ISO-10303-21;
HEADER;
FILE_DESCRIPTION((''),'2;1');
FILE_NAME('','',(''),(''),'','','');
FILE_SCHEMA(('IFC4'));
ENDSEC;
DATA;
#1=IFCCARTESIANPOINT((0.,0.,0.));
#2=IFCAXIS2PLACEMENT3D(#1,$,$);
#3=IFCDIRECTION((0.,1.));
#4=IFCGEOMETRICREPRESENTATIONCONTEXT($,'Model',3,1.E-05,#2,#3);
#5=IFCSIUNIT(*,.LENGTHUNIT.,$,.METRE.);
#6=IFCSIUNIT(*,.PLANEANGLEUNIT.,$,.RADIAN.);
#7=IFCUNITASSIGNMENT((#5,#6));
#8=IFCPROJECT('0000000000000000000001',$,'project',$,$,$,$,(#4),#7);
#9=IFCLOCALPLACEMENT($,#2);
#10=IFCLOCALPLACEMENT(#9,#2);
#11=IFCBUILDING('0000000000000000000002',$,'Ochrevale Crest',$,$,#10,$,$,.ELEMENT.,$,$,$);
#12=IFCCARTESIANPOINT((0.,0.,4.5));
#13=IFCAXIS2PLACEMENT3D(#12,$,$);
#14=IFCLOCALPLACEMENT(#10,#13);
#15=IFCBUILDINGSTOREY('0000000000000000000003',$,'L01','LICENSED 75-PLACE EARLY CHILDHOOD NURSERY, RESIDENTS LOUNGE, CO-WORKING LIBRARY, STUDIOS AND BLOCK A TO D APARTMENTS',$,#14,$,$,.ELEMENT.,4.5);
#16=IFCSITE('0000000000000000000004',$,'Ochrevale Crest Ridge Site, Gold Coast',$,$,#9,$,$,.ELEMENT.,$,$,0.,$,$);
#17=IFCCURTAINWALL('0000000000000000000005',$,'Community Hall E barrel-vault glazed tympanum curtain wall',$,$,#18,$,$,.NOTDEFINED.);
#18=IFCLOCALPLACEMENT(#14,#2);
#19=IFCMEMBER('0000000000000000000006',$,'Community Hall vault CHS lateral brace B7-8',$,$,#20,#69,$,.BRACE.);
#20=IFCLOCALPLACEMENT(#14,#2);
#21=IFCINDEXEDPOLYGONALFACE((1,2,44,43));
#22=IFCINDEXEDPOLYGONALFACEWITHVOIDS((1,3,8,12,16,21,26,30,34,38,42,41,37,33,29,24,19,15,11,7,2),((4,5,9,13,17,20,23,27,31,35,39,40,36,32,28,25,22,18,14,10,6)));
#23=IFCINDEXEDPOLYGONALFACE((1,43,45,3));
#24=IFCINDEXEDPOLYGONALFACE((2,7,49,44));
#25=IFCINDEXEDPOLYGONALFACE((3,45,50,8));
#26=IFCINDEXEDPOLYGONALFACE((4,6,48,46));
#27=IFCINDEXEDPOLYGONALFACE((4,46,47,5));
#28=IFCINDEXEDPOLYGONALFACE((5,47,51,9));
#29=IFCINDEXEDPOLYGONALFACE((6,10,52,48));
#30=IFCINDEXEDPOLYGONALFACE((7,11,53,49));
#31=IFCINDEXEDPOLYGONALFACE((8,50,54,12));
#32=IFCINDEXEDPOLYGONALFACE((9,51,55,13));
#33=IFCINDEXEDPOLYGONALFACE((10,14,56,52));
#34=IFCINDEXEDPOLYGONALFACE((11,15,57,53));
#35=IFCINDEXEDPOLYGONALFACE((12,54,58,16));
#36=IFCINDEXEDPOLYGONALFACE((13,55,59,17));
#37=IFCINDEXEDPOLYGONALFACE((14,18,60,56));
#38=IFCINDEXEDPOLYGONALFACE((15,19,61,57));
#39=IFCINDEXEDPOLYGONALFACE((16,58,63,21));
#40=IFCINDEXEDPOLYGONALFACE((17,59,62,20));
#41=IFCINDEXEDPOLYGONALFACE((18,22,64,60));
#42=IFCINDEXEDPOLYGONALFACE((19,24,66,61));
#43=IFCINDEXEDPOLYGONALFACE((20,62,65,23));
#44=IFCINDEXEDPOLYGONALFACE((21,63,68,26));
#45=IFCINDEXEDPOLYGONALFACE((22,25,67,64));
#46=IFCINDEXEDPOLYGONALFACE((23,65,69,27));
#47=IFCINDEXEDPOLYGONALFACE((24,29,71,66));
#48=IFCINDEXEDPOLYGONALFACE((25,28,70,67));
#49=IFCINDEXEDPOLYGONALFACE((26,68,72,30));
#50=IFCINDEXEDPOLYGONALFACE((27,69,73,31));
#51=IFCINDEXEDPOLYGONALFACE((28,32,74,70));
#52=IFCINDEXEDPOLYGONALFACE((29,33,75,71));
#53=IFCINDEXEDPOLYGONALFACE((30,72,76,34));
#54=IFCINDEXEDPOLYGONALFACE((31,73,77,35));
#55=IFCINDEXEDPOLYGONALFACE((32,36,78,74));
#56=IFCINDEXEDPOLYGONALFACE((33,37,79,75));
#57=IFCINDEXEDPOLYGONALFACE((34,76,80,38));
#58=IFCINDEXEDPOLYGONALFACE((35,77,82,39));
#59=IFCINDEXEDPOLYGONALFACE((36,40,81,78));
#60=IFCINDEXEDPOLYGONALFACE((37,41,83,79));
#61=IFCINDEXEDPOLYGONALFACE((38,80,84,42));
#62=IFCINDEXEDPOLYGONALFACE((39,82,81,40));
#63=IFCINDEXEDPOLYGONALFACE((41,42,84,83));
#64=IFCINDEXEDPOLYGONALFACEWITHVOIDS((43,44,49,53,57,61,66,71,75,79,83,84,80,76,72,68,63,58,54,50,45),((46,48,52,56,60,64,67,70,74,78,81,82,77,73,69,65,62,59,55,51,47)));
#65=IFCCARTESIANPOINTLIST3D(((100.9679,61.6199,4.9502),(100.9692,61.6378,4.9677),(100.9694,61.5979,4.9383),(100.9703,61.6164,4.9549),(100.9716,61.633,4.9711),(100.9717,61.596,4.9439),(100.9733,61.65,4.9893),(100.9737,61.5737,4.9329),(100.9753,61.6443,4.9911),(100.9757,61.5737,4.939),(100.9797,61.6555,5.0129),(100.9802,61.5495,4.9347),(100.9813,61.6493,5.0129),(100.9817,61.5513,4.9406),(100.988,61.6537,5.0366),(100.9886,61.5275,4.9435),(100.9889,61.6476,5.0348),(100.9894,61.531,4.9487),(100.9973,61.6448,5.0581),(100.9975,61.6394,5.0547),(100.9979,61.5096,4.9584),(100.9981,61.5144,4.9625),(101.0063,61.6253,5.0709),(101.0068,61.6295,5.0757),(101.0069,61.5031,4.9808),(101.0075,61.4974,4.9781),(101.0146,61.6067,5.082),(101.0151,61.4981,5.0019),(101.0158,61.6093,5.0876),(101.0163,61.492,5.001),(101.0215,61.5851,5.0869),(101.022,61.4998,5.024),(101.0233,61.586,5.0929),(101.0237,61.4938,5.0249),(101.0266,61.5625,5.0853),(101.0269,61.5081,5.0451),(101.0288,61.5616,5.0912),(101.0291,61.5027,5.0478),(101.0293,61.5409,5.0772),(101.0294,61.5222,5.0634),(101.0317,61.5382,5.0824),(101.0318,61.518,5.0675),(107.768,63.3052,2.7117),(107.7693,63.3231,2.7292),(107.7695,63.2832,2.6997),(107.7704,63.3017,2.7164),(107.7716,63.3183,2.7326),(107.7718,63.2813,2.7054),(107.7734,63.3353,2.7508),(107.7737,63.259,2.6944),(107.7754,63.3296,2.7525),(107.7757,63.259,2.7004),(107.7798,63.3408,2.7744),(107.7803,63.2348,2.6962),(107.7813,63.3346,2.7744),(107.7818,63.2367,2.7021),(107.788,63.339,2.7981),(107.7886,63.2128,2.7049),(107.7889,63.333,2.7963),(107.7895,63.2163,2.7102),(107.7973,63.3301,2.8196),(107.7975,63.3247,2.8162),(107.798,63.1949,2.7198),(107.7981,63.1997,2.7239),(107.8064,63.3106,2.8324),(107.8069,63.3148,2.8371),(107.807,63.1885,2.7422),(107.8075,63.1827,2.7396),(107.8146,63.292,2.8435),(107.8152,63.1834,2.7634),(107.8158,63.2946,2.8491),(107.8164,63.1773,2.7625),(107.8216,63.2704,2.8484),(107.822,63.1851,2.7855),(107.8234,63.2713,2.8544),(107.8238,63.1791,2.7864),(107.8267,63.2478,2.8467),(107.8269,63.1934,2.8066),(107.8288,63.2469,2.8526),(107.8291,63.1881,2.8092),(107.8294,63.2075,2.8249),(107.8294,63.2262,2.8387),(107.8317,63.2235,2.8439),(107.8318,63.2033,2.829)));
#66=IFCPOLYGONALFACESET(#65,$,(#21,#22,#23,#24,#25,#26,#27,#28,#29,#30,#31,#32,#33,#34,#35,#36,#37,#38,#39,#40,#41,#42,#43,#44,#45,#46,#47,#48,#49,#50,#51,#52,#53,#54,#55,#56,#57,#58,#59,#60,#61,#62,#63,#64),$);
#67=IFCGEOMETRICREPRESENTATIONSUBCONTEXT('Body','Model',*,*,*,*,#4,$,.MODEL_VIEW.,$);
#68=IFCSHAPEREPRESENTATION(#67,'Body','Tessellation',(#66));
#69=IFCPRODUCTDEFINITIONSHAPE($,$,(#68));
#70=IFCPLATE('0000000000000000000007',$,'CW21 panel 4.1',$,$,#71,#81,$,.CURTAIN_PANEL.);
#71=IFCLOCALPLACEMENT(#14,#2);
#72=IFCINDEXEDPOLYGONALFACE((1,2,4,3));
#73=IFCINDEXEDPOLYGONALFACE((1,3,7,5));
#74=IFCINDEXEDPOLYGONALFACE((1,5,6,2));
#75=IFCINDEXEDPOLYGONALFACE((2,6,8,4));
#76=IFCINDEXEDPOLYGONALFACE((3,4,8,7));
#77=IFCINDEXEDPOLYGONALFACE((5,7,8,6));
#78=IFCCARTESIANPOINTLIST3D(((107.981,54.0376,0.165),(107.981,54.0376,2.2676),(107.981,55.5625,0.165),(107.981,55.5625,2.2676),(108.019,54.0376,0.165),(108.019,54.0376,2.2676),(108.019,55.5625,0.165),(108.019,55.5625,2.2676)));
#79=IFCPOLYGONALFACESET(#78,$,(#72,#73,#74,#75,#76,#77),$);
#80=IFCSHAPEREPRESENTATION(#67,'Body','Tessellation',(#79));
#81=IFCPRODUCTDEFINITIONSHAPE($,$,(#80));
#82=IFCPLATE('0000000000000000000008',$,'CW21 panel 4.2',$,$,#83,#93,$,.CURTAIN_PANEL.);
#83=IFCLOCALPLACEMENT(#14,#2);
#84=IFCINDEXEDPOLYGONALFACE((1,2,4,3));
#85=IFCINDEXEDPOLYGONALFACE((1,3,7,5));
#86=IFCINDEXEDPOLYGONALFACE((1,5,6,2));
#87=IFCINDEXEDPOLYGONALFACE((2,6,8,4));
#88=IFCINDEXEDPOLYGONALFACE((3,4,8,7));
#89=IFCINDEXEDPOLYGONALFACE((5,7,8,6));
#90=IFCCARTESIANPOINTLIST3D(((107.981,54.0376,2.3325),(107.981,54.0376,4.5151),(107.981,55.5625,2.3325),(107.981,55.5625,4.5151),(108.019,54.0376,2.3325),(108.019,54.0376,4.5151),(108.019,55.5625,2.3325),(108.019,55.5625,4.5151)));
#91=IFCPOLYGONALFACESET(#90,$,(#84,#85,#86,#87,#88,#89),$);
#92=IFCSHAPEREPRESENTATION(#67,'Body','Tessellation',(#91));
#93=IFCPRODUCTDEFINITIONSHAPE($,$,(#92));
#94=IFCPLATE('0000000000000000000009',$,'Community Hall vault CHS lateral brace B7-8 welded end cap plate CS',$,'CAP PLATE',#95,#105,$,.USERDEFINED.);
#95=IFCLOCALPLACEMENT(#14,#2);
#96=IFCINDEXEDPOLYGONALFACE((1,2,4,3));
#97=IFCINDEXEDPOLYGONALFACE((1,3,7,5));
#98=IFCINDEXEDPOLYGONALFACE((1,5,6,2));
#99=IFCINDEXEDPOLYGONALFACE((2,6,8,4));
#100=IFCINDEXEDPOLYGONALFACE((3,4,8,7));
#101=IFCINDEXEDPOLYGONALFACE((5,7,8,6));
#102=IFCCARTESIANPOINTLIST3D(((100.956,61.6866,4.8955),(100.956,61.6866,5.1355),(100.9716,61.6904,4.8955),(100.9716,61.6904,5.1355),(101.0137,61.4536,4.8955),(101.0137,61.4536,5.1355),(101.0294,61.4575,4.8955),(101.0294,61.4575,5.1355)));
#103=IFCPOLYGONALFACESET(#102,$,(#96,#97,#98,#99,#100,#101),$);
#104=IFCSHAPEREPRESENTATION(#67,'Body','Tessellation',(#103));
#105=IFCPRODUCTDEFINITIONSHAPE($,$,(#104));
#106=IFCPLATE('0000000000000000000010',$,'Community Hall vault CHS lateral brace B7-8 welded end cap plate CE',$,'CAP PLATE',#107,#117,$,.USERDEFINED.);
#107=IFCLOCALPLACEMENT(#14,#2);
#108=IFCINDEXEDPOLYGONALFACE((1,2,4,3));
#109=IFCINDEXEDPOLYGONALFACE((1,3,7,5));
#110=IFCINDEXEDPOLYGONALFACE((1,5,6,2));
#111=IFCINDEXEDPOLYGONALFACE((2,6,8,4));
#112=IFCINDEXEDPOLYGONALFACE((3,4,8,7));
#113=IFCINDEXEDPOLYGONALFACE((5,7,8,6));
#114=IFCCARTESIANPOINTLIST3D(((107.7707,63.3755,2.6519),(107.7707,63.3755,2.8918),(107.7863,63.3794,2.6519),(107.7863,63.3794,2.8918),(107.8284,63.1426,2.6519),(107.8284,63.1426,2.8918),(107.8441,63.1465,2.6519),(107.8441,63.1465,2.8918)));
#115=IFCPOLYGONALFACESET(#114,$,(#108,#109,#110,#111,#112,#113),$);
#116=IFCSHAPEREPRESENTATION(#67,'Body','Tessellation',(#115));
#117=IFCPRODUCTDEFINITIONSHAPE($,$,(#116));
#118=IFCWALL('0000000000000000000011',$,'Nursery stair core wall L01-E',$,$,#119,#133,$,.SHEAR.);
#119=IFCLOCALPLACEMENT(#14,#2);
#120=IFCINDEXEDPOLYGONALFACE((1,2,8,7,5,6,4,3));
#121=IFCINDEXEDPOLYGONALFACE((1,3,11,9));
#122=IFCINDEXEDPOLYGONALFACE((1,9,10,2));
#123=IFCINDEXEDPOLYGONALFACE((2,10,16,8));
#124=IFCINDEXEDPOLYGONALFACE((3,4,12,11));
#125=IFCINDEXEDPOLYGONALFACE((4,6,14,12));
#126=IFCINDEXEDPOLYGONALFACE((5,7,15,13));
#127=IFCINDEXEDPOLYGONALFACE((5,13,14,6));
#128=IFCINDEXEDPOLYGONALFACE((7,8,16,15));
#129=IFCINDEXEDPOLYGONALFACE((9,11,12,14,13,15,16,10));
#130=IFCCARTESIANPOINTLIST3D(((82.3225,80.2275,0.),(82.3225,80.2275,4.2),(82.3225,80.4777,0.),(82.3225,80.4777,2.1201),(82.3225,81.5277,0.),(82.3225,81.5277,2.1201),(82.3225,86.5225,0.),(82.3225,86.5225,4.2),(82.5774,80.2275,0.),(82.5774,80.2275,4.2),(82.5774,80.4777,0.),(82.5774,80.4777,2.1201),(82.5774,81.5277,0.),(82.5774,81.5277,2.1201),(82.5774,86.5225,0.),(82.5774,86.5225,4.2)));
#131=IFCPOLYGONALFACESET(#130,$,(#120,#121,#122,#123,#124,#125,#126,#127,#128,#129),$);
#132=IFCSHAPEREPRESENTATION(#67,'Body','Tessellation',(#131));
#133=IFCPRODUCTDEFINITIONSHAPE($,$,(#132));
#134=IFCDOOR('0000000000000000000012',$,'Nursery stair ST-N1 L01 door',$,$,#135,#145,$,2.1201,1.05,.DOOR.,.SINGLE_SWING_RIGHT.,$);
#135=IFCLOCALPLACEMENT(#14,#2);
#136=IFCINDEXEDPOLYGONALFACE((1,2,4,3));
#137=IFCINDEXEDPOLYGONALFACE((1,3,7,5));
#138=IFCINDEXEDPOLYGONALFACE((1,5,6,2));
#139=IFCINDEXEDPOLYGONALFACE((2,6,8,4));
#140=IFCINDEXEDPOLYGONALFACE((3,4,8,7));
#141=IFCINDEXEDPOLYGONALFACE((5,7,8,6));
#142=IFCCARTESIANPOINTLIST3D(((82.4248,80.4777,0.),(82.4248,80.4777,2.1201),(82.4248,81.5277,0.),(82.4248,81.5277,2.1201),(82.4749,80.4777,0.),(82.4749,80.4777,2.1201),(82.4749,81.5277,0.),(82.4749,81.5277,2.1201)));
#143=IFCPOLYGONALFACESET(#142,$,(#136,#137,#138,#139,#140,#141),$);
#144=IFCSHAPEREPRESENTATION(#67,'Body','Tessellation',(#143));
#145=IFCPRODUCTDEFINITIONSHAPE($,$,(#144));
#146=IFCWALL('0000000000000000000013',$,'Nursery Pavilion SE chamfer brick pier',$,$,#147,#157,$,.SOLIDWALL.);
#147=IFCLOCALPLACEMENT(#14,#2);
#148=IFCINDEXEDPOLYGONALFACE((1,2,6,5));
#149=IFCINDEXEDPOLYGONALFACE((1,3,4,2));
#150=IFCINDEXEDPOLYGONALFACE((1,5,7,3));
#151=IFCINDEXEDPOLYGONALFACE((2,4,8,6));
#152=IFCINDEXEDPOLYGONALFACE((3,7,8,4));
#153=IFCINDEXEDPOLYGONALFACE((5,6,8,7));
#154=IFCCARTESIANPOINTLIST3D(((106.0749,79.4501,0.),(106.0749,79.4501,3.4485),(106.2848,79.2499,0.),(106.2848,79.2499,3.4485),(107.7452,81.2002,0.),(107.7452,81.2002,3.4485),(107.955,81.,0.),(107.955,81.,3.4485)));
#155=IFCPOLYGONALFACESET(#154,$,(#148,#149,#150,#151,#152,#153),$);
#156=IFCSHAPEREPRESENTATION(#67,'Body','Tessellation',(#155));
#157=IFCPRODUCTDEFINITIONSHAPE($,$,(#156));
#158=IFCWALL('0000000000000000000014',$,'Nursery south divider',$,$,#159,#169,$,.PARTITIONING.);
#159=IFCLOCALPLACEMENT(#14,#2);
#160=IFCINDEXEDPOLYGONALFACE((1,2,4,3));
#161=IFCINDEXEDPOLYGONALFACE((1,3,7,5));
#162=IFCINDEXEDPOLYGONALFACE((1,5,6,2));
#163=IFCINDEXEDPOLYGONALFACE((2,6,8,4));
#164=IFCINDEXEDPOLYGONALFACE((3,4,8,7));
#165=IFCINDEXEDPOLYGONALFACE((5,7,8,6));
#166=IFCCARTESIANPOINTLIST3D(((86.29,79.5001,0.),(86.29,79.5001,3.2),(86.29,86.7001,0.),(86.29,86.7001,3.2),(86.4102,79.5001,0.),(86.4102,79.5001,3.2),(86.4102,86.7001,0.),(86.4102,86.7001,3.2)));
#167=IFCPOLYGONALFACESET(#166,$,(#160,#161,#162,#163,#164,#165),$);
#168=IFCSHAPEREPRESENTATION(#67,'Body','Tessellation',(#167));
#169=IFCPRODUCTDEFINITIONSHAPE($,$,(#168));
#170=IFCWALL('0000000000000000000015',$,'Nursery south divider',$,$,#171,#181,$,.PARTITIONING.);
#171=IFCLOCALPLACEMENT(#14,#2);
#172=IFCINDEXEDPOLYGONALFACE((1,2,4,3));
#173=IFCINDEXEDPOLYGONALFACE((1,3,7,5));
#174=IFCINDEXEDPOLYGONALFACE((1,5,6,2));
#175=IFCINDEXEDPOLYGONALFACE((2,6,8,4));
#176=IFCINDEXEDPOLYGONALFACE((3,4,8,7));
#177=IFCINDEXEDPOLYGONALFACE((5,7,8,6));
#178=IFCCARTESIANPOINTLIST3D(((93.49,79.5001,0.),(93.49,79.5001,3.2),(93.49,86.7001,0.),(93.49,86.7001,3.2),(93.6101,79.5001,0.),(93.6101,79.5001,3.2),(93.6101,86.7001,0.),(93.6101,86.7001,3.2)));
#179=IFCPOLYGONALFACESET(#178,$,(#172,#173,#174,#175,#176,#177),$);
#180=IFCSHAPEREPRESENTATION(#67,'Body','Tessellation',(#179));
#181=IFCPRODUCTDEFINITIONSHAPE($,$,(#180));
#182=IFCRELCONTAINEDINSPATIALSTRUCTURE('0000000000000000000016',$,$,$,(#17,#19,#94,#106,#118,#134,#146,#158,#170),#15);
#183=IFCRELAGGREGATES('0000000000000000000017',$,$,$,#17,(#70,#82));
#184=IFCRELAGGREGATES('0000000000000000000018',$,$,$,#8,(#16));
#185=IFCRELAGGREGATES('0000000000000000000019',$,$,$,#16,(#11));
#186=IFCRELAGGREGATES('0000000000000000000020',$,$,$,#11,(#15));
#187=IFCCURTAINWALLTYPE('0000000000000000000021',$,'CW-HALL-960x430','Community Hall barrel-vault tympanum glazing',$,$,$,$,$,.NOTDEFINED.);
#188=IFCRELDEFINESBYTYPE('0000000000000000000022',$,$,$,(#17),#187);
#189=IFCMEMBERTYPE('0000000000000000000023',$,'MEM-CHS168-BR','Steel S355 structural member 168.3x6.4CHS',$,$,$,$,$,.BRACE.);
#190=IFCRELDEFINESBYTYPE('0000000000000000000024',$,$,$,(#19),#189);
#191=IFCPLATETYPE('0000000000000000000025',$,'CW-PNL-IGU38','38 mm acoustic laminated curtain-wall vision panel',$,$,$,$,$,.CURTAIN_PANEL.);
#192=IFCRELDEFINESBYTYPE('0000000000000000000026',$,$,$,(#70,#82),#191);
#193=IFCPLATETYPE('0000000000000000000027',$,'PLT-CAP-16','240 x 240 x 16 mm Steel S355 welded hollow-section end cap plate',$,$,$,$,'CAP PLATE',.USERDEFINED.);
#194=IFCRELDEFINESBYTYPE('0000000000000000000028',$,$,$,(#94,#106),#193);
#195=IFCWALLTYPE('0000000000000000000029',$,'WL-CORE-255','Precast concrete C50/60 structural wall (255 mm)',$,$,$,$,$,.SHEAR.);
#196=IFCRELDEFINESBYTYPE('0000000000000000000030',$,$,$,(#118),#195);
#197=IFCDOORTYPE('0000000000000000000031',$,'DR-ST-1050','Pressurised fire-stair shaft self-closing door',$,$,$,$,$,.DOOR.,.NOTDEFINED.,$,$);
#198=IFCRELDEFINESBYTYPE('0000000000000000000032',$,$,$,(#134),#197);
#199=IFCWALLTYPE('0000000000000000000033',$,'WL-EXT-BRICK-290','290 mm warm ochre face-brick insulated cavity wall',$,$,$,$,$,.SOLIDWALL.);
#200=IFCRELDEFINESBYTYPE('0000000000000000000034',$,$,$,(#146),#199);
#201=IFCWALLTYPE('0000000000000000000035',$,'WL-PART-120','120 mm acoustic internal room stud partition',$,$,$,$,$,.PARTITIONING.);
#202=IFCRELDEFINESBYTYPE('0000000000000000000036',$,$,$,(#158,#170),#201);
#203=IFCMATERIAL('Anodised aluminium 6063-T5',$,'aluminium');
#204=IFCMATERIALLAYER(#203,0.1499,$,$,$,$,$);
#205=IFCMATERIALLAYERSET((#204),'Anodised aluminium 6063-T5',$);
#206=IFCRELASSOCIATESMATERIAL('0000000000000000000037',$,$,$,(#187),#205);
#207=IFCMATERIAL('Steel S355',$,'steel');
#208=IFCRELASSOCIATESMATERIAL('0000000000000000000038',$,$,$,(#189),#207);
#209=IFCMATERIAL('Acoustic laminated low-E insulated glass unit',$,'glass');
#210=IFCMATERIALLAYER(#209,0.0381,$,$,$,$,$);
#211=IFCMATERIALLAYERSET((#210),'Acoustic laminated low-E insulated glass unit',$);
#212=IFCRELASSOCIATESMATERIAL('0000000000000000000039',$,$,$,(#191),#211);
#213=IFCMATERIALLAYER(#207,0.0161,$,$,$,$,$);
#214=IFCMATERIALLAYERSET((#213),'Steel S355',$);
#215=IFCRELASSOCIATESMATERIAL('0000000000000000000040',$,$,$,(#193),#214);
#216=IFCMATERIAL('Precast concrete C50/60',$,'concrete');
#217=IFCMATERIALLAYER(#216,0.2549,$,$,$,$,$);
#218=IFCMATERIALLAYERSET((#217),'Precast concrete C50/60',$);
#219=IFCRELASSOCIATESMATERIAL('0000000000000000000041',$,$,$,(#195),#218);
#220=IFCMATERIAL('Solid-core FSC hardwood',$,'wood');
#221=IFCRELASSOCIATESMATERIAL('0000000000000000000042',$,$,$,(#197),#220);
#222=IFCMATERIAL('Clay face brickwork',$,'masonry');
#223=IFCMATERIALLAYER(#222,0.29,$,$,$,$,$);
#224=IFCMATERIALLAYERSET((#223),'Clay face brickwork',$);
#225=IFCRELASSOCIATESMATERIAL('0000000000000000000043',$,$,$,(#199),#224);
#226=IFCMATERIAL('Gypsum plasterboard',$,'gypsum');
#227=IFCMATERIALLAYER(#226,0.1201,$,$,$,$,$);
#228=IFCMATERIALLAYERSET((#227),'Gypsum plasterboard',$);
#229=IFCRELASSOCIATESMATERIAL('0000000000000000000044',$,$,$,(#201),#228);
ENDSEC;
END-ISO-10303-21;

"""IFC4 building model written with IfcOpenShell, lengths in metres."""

from ifc_helpers import new_model, si_unit, direction, frame, frame_2d, origin, origin_2d, place, context, subcontext, project, spatial, rectangle, hollow_circle, extrude, material, layer, layer_set, material_profile, profile_set, type_object, element, fill, aggregate, save


model = new_model("IFC4")

# Units and contexts
model_context = context("Model", 3, precision=1e-05, world=origin(), true_north=direction((0.0, 1.0)))
body_context = subcontext(model_context, "Body", "Model", "MODEL_VIEW")
ifc_project = project(units=[si_unit("LENGTHUNIT", "METRE"), si_unit("PLANEANGLEUNIT", "RADIAN")], contexts=[model_context])

# Site, building, storey
site_placement = place(None, origin())
site = spatial("IfcSite", under=ifc_project, at=site_placement, Name="Ochrevale Crest Ridge Site, Gold Coast", CompositionType="ELEMENT", RefElevation=0.0)
building_placement = place(site_placement, origin())
building = spatial("IfcBuilding", under=site, at=building_placement, Name="Ochrevale Crest", CompositionType="ELEMENT")
storey_placement = place(building_placement, frame((0.0, 0.0, 4.5)))
storey = spatial("IfcBuildingStorey", under=building, at=storey_placement, Name="L01", Description="LICENSED 75-PLACE EARLY CHILDHOOD NURSERY, RESIDENTS LOUNGE, CO-WORKING LIBRARY, STUDIOS AND BLOCK A TO D APARTMENTS", CompositionType="ELEMENT", Elevation=4.5)

# Shared definitions
ifc_material_1 = material(Name="Steel S355", Category="steel")

# Shared definitions
ifc_material_2 = material(Name="Precast concrete C50/60", Category="concrete")

# Shared definitions
ifc_material_3 = material(Name="Anodised aluminium 6063-T5", Category="aluminium")

# Curtain wall
ifc_layer_1 = layer(ifc_material_3, 0.1499)
ifc_layer_set_1 = layer_set([ifc_layer_1], Name="Anodised aluminium 6063-T5")
curtain_wall_type_1 = type_object("IfcCurtainWallType", Name="CW-HALL-960x430", Description="Community Hall barrel-vault tympanum glazing", PredefinedType="NOTDEFINED", material=ifc_layer_set_1)
curtain_wall_1_placement = place(storey_placement, origin())
curtain_wall_1 = element("IfcCurtainWall", 1, at=curtain_wall_1_placement, inside=storey, type_object=curtain_wall_type_1, Name="Community Hall E barrel-vault glazed tympanum curtain wall", PredefinedType="NOTDEFINED")

# Member
ifc_material_profile_1 = material_profile(ifc_material_1, hollow_circle(Radius=0.0842, WallThickness=0.0063, at=origin_2d()), Name="168.3x6.4CHS")
ifc_profile_set_1 = profile_set([ifc_material_profile_1], Name="Steel S355")
member_type_1 = type_object("IfcMemberType", Name="MEM-CHS168-BR", Description="Steel S355 structural member 168.3x6.4CHS", PredefinedType="BRACE", material=ifc_profile_set_1)
member_1_placement = place(storey_placement, frame((101.0, 61.5737, 5.0129), z_axis=(0.924583, 0.229146, -0.304366), x_axis=(-0.240559, 0.970635, 0.0)))
element("IfcMember", 2, at=member_1_placement, inside=storey, type_object=member_type_1, Name="Community Hall vault CHS lateral brace B7-8", PredefinedType="BRACE", context=body_context, shape_type="SweptSolid", body=[
    extrude(hollow_circle(Radius=0.0842, WallThickness=0.0063, at=origin_2d()), origin(), (0.0, 0.0, 1.0), 7.3547),
])

# Plates
ifc_material_4 = material(Name="Acoustic laminated low-E insulated glass unit", Category="glass")
ifc_layer_2 = layer(ifc_material_4, 0.0381)
ifc_layer_set_2 = layer_set([ifc_layer_2], Name="Acoustic laminated low-E insulated glass unit")
plate_type_1 = type_object("IfcPlateType", Name="CW-PNL-IGU38", Description="38 mm acoustic laminated curtain-wall vision panel", PredefinedType="CURTAIN_PANEL", material=ifc_layer_set_2)
plate_1_placement = place(storey_placement, frame((108.0, 54.8, 0.165), z_axis=(0.0, 0.0, 1.0), x_axis=(0.0, 1.0, 0.0)))
plate_1 = element("IfcPlate", 3, at=plate_1_placement, type_object=plate_type_1, Name="CW21 panel 4.1", PredefinedType="CURTAIN_PANEL", context=body_context, shape_type="SweptSolid", body=[
    extrude(rectangle(XDim=1.5249, YDim=0.0381, at=origin_2d()), origin(), (0.0, 0.0, 1.0), 2.1025),
])
plate_2_placement = place(storey_placement, frame((108.0, 54.8, 2.3325), z_axis=(0.0, 0.0, 1.0), x_axis=(0.0, 1.0, 0.0)))
plate_2 = element("IfcPlate", 4, at=plate_2_placement, type_object=plate_type_1, Name="CW21 panel 4.2", PredefinedType="CURTAIN_PANEL", context=body_context, shape_type="SweptSolid", body=[
    extrude(rectangle(XDim=1.5249, YDim=0.0381, at=origin_2d()), origin(), (0.0, 0.0, 1.0), 2.1826),
])
aggregate(curtain_wall_1, [plate_1, plate_2])

# Plates
ifc_layer_3 = layer(ifc_material_1, 0.0161)
ifc_layer_set_3 = layer_set([ifc_layer_3], Name="Steel S355")
plate_type_2 = type_object("IfcPlateType", Name="PLT-CAP-16", Description="240 x 240 x 16 mm Steel S355 welded hollow-section end cap plate", ElementType="CAP PLATE", PredefinedType="USERDEFINED", material=ifc_layer_set_3)
for number, where, z_axis, x_axis, name in (
    (5, (100.9927, 61.572, 4.8955), (0.0, 0.0, 1.0), (0.970633, 0.240567, 0.0), "Community Hall vault CHS lateral brace B7-8 welded end cap plate CS"),
    (6, (107.8074, 63.261, 2.6519), (0.0, 0.0, 1.0), (0.970633, 0.240567, 0.0), "Community Hall vault CHS lateral brace B7-8 welded end cap plate CE"),
):
    element("IfcPlate", number, at=place(storey_placement, frame(where, z_axis=z_axis, x_axis=x_axis)), inside=storey, type_object=plate_type_2, Name=name, ObjectType="CAP PLATE", PredefinedType="USERDEFINED", context=body_context, shape_type="SweptSolid", body=[
        extrude(rectangle(XDim=0.0161, YDim=0.24, at=origin_2d()), origin(), (0.0, 0.0, 1.0), 0.24),
    ])

# Wall, opening, door
ifc_layer_4 = layer(ifc_material_2, 0.2549)
ifc_layer_set_4 = layer_set([ifc_layer_4], Name="Precast concrete C50/60")
wall_type_1 = type_object("IfcWallType", Name="WL-CORE-255", Description="Precast concrete C50/60 structural wall (255 mm)", PredefinedType="SHEAR", material=ifc_layer_set_4)
wall_1_placement = place(storey_placement, frame((82.45, 80.2275, 0.0), z_axis=(0.0, 0.0, 1.0), x_axis=(0.0, 1.0, 0.0)))
wall_1 = element("IfcWall", 7, at=wall_1_placement, inside=storey, type_object=wall_type_1, Name="Nursery stair core wall L01-E", PredefinedType="SHEAR", context=body_context, shape_type="SweptSolid", body=[
    extrude(rectangle(XDim=6.2949, YDim=0.2549, at=frame_2d((3.1475, 0.0))), origin(), (0.0, 0.0, 1.0), 4.2),
])
opening_placement = place(wall_1_placement, frame((1.3, 0.0, 0.0), z_axis=(0.0, 0.0, 1.0), x_axis=(-1.0, 0.0, 0.0)))
opening = element("IfcOpeningElement", 8, at=opening_placement, cuts=wall_1, PredefinedType="OPENING", context=body_context, shape_type="SweptSolid", body=[
    extrude(rectangle(XDim=1.05, YDim=2.1201, at=frame_2d((0.5249, 1.0601))), frame((0.0, 0.1375, 0.0), z_axis=(0.0, -1.0, 0.0), x_axis=(1.0, 0.0, 0.0)), (0.0, 0.0, 1.0), 0.2749),
])
ifc_material_5 = material(Name="Solid-core FSC hardwood", Category="wood")
door_type = type_object("IfcDoorType", Name="DR-ST-1050", Description="Pressurised fire-stair shaft self-closing door", OperationType="NOTDEFINED", PredefinedType="DOOR", material=ifc_material_5)
door_placement = place(opening_placement, origin())
door = element("IfcDoor", 9, at=door_placement, inside=storey, type_object=door_type, Name="Nursery stair ST-N1 L01 door", OperationType="SINGLE_SWING_RIGHT", OverallHeight=2.1201, OverallWidth=1.05, PredefinedType="DOOR", context=body_context, shape_type="SweptSolid", body=[
    extrude(rectangle(XDim=1.05, YDim=2.1201, at=frame_2d((0.5249, 1.0601))), frame((0.0, 0.0249, 0.0), z_axis=(0.0, -1.0, 0.0), x_axis=(1.0, 0.0, 0.0)), (0.0, 0.0, 1.0), 0.05),
])
fill(opening, door)

# Walls
ifc_material_6 = material(Name="Clay face brickwork", Category="masonry")
ifc_layer_5 = layer(ifc_material_6, 0.29)
ifc_layer_set_5 = layer_set([ifc_layer_5], Name="Clay face brickwork")
wall_type_2 = type_object("IfcWallType", Name="WL-EXT-BRICK-290", Description="290 mm warm ochre face-brick insulated cavity wall", PredefinedType="SOLIDWALL", material=ifc_layer_set_5)
wall_2_placement = place(storey_placement, frame((106.1799, 79.3501, 0.0), z_axis=(0.0, 0.0, 1.0), x_axis=(0.690413, 0.723415, 0.0)))
element("IfcWall", 10, at=wall_2_placement, inside=storey, type_object=wall_type_2, Name="Nursery Pavilion SE chamfer brick pier", PredefinedType="SOLIDWALL", context=body_context, shape_type="SweptSolid", body=[
    extrude(rectangle(XDim=2.4192, YDim=0.29, at=frame_2d((1.2095, 0.0))), origin(), (0.0, 0.0, 1.0), 3.4485),
])
ifc_material_7 = material(Name="Gypsum plasterboard", Category="gypsum")
ifc_layer_6 = layer(ifc_material_7, 0.1201)
ifc_layer_set_6 = layer_set([ifc_layer_6], Name="Gypsum plasterboard")
wall_type_3 = type_object("IfcWallType", Name="WL-PART-120", Description="120 mm acoustic internal room stud partition", PredefinedType="PARTITIONING", material=ifc_layer_set_6)
for number, where, z_axis, x_axis, name in (
    (11, (86.3501, 79.5, 0.0), (0.0, 0.0, 1.0), (0.0, 1.0, 0.0), "Nursery south divider"),
    (12, (93.55, 79.5, 0.0), (0.0, 0.0, 1.0), (0.0, 1.0, 0.0), "Nursery south divider"),
):
    element("IfcWall", number, at=place(storey_placement, frame(where, z_axis=z_axis, x_axis=x_axis)), inside=storey, type_object=wall_type_3, Name=name, PredefinedType="PARTITIONING", context=body_context, shape_type="SweptSolid", body=[
        extrude(rectangle(XDim=7.2, YDim=0.1201, at=frame_2d((3.6001, 0.0))), origin(), (0.0, 0.0, 1.0), 3.2),
    ])

save(model, "model.ifc")
